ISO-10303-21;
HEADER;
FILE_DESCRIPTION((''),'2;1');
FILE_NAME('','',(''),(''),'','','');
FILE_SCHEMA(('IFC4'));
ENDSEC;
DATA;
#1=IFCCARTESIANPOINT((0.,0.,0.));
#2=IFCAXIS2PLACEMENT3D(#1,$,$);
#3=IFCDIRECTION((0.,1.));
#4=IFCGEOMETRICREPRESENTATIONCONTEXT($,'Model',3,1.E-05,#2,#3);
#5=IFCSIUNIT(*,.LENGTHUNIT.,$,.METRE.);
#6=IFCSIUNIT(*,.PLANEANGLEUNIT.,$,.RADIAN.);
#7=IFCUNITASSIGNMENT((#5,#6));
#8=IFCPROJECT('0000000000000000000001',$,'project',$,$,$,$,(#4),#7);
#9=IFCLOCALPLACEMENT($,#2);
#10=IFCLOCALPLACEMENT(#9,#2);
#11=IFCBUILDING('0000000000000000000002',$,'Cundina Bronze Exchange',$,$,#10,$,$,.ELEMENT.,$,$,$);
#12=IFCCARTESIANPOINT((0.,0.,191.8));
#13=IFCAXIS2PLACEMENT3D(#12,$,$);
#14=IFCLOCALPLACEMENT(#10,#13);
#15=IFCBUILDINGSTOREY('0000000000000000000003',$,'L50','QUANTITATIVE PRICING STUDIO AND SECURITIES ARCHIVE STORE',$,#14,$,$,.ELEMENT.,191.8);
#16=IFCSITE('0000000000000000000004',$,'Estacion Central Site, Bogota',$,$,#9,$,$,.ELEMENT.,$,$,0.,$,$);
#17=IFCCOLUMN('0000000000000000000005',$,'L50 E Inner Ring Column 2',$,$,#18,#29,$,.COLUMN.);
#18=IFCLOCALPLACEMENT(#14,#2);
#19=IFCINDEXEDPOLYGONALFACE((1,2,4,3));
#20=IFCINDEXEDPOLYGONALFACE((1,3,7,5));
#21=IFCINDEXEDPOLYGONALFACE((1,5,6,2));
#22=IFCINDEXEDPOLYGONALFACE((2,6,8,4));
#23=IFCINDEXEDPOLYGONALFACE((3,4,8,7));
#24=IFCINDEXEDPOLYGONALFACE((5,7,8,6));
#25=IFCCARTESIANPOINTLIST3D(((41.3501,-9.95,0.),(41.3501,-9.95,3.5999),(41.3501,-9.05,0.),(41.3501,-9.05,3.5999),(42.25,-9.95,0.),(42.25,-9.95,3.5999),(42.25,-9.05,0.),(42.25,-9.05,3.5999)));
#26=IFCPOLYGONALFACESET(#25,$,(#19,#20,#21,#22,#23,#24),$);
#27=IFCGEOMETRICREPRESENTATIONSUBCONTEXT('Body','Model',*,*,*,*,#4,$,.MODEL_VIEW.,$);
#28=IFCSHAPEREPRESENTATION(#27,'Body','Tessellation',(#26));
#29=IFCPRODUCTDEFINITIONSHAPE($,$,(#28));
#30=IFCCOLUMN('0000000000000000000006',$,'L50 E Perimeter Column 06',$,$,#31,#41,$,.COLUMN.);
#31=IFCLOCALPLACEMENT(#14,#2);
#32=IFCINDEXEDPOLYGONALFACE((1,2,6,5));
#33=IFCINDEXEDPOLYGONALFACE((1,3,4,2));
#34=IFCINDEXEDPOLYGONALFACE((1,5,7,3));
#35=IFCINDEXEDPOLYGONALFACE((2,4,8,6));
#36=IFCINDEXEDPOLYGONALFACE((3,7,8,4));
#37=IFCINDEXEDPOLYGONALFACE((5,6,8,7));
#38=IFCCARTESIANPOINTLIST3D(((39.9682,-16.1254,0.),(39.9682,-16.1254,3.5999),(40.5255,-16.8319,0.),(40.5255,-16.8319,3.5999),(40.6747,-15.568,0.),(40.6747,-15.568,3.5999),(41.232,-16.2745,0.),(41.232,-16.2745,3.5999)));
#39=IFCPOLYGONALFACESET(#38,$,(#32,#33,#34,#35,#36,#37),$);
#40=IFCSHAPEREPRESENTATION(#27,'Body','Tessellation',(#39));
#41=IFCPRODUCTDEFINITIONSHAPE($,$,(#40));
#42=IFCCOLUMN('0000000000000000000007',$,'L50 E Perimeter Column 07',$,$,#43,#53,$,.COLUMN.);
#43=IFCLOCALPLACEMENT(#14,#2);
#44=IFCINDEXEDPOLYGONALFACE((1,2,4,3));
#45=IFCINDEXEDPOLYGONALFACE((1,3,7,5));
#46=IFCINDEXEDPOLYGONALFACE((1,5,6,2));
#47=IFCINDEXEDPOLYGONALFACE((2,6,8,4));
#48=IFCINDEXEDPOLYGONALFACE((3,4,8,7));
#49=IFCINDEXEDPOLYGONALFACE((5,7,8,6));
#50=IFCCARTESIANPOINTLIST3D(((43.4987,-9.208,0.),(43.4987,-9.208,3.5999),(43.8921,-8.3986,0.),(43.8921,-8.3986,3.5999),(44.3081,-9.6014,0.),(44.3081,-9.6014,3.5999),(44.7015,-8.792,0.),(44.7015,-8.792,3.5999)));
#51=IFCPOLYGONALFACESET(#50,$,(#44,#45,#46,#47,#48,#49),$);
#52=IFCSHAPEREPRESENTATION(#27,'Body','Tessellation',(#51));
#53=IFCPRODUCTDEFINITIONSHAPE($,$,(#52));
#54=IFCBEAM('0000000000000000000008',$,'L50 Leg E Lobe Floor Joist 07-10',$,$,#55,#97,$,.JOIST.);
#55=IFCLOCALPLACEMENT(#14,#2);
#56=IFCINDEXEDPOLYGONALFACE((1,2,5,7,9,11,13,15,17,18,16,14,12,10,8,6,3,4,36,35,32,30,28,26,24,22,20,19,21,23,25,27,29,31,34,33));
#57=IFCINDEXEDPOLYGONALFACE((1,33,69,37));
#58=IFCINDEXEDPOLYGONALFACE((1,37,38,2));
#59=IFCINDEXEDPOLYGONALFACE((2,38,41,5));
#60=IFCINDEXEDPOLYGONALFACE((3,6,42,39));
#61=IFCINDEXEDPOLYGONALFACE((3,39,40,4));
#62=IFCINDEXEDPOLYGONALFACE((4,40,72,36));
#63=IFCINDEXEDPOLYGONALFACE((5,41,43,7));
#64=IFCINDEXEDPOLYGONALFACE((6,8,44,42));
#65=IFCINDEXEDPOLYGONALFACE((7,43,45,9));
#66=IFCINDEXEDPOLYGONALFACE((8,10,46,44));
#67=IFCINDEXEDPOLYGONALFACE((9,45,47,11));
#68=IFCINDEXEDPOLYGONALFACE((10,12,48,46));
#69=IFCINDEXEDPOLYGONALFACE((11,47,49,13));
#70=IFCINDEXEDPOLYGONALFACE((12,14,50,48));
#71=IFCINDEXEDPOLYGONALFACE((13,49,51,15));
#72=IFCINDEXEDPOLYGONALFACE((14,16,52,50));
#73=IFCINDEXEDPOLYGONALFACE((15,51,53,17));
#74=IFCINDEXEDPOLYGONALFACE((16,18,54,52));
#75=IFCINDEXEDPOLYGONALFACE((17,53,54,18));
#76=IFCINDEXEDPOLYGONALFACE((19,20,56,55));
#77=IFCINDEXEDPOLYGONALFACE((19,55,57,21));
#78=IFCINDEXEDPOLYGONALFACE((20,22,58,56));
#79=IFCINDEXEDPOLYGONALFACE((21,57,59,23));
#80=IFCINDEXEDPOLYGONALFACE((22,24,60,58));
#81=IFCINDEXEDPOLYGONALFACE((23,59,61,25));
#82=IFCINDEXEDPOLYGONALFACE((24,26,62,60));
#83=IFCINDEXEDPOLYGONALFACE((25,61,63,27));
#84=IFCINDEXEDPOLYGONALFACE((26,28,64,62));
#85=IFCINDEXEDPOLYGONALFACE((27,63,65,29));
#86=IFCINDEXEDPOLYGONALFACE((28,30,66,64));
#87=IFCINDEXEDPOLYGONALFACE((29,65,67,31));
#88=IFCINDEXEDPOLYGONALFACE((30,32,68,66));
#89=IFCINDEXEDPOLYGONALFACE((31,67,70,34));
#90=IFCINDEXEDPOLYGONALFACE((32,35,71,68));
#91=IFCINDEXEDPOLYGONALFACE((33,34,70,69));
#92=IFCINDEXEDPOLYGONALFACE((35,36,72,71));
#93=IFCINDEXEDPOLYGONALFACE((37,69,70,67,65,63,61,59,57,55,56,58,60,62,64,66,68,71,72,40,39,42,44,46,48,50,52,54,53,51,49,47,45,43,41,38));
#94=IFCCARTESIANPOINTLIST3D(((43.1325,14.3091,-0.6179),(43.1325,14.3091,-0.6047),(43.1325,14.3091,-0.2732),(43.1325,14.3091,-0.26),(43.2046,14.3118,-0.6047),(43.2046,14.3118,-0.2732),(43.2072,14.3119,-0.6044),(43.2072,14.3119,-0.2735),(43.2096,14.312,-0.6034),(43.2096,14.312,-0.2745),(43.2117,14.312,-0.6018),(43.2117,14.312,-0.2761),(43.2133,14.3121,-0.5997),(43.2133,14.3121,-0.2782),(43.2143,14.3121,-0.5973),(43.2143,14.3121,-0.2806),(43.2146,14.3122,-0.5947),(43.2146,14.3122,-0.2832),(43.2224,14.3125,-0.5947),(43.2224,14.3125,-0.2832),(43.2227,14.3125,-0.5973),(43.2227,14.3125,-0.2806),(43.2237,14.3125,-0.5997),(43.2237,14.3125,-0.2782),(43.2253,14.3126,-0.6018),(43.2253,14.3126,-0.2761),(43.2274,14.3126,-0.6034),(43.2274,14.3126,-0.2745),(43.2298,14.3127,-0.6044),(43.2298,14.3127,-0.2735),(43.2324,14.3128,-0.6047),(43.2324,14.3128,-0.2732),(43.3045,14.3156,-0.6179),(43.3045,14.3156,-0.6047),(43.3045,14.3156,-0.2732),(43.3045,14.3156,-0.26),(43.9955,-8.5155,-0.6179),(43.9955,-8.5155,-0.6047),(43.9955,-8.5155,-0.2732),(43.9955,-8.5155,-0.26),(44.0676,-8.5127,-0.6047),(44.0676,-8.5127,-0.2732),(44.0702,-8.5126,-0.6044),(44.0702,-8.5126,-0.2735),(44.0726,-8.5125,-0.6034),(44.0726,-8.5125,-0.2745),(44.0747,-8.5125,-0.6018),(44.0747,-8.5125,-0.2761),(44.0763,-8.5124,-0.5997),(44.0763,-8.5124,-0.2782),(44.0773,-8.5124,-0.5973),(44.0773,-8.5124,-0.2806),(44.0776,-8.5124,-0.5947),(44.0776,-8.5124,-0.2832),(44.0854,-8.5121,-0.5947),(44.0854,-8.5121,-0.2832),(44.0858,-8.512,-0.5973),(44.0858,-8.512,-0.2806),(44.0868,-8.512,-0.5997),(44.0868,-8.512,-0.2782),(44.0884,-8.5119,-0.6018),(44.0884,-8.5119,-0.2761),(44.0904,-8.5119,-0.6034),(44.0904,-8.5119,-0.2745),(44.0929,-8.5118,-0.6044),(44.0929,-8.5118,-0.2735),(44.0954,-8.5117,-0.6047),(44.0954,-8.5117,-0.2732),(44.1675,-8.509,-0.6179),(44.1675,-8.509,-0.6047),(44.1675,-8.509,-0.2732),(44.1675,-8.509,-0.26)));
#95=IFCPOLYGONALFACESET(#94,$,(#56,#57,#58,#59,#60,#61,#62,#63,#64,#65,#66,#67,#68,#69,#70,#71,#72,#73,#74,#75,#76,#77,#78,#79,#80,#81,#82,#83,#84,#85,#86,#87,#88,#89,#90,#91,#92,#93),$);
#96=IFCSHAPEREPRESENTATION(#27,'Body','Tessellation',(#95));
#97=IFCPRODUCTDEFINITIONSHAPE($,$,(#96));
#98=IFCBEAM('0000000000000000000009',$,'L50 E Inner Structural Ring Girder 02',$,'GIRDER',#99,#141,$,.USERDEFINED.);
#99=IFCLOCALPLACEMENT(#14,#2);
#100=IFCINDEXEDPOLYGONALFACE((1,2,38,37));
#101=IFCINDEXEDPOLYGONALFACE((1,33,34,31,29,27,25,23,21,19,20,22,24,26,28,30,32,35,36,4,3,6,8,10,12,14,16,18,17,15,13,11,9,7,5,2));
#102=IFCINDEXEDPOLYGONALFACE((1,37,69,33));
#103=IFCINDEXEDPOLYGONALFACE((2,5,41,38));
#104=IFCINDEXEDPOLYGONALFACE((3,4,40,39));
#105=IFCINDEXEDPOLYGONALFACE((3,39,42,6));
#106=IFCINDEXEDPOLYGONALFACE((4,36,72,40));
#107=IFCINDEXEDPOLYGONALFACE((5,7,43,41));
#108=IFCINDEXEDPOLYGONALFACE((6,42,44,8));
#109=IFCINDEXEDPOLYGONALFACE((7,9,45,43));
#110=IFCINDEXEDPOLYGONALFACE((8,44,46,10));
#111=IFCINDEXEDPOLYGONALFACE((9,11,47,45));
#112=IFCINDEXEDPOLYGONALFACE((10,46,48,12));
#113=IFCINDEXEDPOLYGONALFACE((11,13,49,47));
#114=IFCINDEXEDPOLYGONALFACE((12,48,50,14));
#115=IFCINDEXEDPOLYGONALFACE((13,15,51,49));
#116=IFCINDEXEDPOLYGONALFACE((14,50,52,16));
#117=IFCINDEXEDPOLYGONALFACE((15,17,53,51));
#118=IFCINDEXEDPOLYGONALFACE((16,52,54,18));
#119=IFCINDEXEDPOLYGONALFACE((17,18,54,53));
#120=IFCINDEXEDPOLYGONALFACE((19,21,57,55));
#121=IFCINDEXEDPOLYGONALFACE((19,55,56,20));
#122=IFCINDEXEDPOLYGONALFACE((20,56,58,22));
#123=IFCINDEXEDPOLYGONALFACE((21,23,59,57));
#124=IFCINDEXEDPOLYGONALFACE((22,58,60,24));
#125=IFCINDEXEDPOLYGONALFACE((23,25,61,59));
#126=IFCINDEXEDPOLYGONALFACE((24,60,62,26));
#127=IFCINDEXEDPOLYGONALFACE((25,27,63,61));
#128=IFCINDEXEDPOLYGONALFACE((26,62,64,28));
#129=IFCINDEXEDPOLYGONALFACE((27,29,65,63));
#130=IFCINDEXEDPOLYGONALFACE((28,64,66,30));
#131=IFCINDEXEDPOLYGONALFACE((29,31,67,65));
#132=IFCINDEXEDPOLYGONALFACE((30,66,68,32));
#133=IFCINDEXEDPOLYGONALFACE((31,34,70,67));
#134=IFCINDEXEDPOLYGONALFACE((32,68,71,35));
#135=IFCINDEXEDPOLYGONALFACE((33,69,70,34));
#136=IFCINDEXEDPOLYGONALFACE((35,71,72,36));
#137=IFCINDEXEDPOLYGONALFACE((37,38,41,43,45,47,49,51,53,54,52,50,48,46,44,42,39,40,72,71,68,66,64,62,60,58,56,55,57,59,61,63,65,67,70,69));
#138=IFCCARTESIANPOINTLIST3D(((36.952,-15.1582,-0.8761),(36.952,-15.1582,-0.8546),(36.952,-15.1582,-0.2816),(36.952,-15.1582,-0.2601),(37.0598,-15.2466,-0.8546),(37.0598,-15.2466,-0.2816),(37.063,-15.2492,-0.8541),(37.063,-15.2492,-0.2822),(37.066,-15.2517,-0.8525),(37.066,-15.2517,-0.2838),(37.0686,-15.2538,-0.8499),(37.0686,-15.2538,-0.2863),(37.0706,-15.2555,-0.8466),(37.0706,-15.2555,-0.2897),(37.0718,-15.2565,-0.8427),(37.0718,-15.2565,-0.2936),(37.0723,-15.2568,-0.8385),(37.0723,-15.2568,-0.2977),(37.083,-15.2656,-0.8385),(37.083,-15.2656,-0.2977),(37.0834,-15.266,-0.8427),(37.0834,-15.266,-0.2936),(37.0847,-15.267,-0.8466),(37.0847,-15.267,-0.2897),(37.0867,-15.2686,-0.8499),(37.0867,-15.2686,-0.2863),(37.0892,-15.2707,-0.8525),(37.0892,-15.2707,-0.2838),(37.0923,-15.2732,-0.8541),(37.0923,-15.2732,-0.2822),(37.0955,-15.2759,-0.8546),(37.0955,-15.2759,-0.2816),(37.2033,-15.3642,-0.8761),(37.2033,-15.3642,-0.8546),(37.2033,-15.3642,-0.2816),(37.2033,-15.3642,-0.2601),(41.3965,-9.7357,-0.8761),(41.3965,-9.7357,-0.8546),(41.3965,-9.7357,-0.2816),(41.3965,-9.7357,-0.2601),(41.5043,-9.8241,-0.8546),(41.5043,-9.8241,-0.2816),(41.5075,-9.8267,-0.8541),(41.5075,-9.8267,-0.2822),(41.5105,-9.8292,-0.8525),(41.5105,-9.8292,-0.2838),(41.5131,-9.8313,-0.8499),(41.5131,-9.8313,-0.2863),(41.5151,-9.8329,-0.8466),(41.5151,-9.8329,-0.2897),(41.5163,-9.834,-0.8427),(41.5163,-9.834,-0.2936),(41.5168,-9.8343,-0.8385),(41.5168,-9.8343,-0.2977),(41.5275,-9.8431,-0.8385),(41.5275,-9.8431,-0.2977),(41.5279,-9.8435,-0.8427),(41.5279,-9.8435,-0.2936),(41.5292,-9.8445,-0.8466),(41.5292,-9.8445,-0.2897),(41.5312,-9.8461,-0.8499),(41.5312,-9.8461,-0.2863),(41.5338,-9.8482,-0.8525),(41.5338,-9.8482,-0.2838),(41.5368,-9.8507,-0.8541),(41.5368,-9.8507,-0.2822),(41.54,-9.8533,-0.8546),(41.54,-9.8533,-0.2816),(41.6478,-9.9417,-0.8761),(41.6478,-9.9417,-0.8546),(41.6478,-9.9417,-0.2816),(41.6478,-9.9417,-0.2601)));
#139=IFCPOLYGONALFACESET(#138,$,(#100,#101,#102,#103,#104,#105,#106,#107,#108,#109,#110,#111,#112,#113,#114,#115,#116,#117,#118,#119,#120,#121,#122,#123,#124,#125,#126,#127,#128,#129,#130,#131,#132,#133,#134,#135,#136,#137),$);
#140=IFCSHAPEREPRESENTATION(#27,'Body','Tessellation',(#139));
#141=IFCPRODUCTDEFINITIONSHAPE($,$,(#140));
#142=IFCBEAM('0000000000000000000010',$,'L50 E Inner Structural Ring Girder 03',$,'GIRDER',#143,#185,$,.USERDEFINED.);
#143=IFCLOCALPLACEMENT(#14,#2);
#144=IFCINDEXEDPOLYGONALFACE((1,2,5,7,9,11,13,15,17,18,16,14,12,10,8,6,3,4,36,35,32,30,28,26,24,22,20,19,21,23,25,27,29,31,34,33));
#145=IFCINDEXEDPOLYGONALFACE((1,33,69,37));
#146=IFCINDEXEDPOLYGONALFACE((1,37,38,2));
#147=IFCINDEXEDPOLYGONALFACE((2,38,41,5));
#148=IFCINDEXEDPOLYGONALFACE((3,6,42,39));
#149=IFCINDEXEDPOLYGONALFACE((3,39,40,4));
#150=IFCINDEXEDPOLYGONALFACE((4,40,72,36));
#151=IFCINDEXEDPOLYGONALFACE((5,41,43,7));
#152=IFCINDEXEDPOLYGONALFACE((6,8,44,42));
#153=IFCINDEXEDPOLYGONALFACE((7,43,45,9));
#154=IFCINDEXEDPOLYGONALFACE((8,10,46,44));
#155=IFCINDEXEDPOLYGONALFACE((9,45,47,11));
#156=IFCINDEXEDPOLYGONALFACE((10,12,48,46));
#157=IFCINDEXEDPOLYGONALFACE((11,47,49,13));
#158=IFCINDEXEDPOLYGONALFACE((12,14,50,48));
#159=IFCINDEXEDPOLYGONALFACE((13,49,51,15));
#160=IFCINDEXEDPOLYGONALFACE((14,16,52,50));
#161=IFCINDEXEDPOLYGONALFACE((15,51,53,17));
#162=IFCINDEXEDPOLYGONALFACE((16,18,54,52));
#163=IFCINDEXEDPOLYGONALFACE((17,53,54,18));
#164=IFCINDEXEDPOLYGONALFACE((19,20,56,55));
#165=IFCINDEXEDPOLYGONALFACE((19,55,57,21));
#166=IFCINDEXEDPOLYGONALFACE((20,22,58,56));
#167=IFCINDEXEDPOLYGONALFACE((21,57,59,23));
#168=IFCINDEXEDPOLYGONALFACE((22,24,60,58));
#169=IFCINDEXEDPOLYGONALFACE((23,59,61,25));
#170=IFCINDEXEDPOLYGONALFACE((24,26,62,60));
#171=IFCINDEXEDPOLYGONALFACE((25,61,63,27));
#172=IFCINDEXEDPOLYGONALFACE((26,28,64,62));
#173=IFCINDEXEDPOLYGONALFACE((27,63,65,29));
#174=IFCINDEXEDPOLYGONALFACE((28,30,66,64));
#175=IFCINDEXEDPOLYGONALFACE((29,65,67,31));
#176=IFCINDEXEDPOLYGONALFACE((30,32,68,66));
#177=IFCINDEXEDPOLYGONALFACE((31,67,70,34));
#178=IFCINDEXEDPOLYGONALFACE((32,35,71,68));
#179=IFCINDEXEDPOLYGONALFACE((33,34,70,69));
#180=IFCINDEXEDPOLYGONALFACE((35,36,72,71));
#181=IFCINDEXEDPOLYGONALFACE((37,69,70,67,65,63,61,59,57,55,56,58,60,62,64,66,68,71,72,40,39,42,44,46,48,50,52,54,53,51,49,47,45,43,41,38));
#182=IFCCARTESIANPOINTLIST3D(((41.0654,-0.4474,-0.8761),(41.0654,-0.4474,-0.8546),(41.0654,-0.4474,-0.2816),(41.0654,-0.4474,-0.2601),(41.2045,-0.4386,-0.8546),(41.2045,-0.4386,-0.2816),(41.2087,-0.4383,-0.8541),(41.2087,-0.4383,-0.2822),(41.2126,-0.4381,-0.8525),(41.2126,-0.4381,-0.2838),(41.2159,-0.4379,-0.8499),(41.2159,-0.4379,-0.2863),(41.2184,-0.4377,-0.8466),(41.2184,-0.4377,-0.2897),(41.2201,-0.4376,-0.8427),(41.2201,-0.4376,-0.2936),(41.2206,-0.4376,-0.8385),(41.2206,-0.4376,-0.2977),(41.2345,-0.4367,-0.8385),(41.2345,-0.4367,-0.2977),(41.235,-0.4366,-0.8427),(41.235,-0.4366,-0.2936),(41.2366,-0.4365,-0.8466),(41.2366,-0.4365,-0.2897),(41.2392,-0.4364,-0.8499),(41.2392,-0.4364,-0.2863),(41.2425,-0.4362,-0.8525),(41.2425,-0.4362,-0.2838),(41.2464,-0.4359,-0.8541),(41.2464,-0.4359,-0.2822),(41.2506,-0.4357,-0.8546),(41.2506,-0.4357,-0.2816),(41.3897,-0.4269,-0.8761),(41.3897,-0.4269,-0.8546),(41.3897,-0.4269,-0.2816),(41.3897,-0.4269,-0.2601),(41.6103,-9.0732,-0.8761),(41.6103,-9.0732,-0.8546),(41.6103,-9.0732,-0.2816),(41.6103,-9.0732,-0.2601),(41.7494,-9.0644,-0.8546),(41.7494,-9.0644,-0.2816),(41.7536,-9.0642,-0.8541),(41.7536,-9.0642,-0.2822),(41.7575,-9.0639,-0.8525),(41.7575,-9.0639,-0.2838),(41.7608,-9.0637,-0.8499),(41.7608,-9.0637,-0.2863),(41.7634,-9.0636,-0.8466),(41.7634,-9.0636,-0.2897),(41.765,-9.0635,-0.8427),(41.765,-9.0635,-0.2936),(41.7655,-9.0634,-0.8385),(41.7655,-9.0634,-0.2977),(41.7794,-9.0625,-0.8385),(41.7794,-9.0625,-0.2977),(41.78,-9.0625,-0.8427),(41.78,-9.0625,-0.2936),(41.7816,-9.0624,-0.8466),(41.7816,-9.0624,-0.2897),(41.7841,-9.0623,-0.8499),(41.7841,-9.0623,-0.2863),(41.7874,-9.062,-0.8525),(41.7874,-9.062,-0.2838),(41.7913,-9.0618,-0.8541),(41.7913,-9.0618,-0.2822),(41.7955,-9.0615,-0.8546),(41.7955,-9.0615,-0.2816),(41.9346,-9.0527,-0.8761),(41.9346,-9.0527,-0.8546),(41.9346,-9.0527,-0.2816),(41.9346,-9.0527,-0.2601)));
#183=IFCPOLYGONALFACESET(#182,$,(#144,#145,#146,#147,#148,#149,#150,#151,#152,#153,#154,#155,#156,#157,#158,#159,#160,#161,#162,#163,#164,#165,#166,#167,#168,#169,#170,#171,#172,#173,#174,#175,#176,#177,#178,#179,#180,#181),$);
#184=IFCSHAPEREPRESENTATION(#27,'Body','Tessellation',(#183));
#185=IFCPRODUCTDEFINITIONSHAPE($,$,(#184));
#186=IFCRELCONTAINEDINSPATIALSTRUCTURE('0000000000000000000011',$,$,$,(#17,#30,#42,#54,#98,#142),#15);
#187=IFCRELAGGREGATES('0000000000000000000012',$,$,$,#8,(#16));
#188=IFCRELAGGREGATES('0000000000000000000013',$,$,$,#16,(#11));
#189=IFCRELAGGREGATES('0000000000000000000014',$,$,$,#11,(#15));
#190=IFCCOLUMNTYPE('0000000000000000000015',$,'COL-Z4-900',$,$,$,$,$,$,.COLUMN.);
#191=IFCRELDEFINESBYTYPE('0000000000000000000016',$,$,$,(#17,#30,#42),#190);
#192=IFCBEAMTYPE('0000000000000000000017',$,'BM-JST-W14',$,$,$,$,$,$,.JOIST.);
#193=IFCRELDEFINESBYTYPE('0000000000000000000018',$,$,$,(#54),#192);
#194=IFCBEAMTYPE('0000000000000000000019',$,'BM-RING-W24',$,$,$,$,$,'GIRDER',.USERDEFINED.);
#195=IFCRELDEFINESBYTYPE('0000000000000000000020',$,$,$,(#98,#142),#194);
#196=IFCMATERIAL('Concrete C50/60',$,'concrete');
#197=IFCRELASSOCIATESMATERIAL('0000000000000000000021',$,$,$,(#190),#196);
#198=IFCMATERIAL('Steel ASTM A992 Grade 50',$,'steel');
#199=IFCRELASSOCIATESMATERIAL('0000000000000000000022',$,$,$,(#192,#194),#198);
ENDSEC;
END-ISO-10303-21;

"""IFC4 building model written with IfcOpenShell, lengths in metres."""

from ifc_helpers import new_model, si_unit, direction, frame, origin, origin_2d, place, context, subcontext, project, spatial, rectangle, i_section, extrude, material, material_profile, profile_set, type_object, element, save


model = new_model("IFC4")

# Units and contexts
model_context = context("Model", 3, precision=1e-05, world=origin(), true_north=direction((0.0, 1.0)))
body_context = subcontext(model_context, "Body", "Model", "MODEL_VIEW")
ifc_project = project(units=[si_unit("LENGTHUNIT", "METRE"), si_unit("PLANEANGLEUNIT", "RADIAN")], contexts=[model_context])

# Site, building, storey
site_placement = place(None, origin())
site = spatial("IfcSite", under=ifc_project, at=site_placement, Name="Estacion Central Site, Bogota", CompositionType="ELEMENT", RefElevation=0.0)
building_placement = place(site_placement, origin())
building = spatial("IfcBuilding", under=site, at=building_placement, Name="Cundina Bronze Exchange", CompositionType="ELEMENT")
storey_placement = place(building_placement, frame((0.0, 0.0, 191.8)))
storey = spatial("IfcBuildingStorey", under=building, at=storey_placement, Name="L50", Description="QUANTITATIVE PRICING STUDIO AND SECURITIES ARCHIVE STORE", CompositionType="ELEMENT", Elevation=191.8)

# Columns
ifc_material_1 = material(Name="Concrete C50/60", Category="concrete")
ifc_material_profile_1 = material_profile(ifc_material_1, rectangle(XDim=0.8999, YDim=0.8999, at=origin_2d()), Name="RC900X900", Category="concrete")
ifc_profile_set_1 = profile_set([ifc_material_profile_1], Name="Concrete C50/60")
column_type = type_object("IfcColumnType", Name="COL-Z4-900", PredefinedType="COLUMN", material=ifc_profile_set_1)
for number, where, z_axis, x_axis, name in (
    (1, (41.8, -9.5, 0.0), (0.0, 0.0, 1.0), (1.0, 0.0, 0.0), "L50 E Inner Ring Column 2"),
    (2, (40.6001, -16.2, 0.0), (0.0, 0.0, 1.0), (0.785101, 0.619368, 0.0), "L50 E Perimeter Column 06"),
    (3, (44.1001, -9.0, 0.0), (0.0, 0.0, 1.0), (0.437116, 0.899405, 0.0), "L50 E Perimeter Column 07"),
):
    element("IfcColumn", number, at=place(storey_placement, frame(where, z_axis=z_axis, x_axis=x_axis)), inside=storey, type_object=column_type, Name=name, PredefinedType="COLUMN", context=body_context, shape_type="SweptSolid", body=[
        extrude(rectangle(XDim=0.8999, YDim=0.8999, at=origin_2d()), origin(), (0.0, 0.0, 1.0), 3.5999),
    ])

# Beams
ifc_material_2 = material(Name="Steel ASTM A992 Grade 50", Category="steel")
ifc_material_profile_2 = material_profile(ifc_material_2, i_section(OverallWidth=0.1721, OverallDepth=0.3579, WebThickness=0.0078, FlangeThickness=0.0132, FilletRadius=0.01, at=origin_2d()), Name="W14X38", Category="steel")
ifc_profile_set_2 = profile_set([ifc_material_profile_2], Name="Steel ASTM A992 Grade 50")
beam_type_1 = type_object("IfcBeamType", Name="BM-JST-W14", PredefinedType="JOIST", material=ifc_profile_set_2)
beam_1_placement = place(storey_placement, frame((44.0815, -8.5122, -0.439), z_axis=(-0.037785, 0.999286, 0.0), x_axis=(-0.999286, -0.037785, 0.0)))
element("IfcBeam", 4, at=beam_1_placement, inside=storey, type_object=beam_type_1, Name="L50 Leg E Lobe Floor Joist 07-10", PredefinedType="JOIST", context=body_context, shape_type="SweptSolid", body=[
    extrude(i_section(OverallWidth=0.1721, OverallDepth=0.3579, WebThickness=0.0078, FlangeThickness=0.0132, FilletRadius=0.01, at=origin_2d()), origin(), (0.0, 0.0, 1.0), 22.8408),
])
ifc_material_profile_3 = material_profile(ifc_material_2, i_section(OverallWidth=0.325, OverallDepth=0.616, WebThickness=0.0139, FlangeThickness=0.0215, FilletRadius=0.0161, at=origin_2d()), Name="W24X117", Category="steel")
ifc_profile_set_3 = profile_set([ifc_material_profile_3], Name="Steel ASTM A992 Grade 50")
beam_type_2 = type_object("IfcBeamType", Name="BM-RING-W24", ElementType="GIRDER", PredefinedType="USERDEFINED", material=ifc_profile_set_3)
beam_2_placement = place(storey_placement, frame((37.0776, -15.2612, -0.5681), z_axis=(0.633913, 0.773405, 0.0), x_axis=(-0.773405, 0.633913, 0.0)))
element("IfcBeam", 5, at=beam_2_placement, inside=storey, type_object=beam_type_2, Name="L50 E Inner Structural Ring Girder 02", ObjectType="GIRDER", PredefinedType="USERDEFINED", context=body_context, shape_type="SweptSolid", body=[
    extrude(i_section(OverallWidth=0.325, OverallDepth=0.616, WebThickness=0.0139, FlangeThickness=0.0215, FilletRadius=0.0161, at=origin_2d()), origin(), (0.0, 0.0, 1.0), 7.0112),
])
beam_3_placement = place(storey_placement, frame((41.7725, -9.063, -0.5681), z_axis=(-0.063047, 0.998011, 0.0), x_axis=(-0.998011, -0.063047, 0.0)))
element("IfcBeam", 6, at=beam_3_placement, inside=storey, type_object=beam_type_2, Name="L50 E Inner Structural Ring Girder 03", ObjectType="GIRDER", PredefinedType="USERDEFINED", context=body_context, shape_type="SweptSolid", body=[
    extrude(i_section(OverallWidth=0.325, OverallDepth=0.616, WebThickness=0.0139, FlangeThickness=0.0215, FilletRadius=0.0161, at=origin_2d()), origin(), (0.0, 0.0, 1.0), 8.6431),
])

save(model, "model.ifc")
